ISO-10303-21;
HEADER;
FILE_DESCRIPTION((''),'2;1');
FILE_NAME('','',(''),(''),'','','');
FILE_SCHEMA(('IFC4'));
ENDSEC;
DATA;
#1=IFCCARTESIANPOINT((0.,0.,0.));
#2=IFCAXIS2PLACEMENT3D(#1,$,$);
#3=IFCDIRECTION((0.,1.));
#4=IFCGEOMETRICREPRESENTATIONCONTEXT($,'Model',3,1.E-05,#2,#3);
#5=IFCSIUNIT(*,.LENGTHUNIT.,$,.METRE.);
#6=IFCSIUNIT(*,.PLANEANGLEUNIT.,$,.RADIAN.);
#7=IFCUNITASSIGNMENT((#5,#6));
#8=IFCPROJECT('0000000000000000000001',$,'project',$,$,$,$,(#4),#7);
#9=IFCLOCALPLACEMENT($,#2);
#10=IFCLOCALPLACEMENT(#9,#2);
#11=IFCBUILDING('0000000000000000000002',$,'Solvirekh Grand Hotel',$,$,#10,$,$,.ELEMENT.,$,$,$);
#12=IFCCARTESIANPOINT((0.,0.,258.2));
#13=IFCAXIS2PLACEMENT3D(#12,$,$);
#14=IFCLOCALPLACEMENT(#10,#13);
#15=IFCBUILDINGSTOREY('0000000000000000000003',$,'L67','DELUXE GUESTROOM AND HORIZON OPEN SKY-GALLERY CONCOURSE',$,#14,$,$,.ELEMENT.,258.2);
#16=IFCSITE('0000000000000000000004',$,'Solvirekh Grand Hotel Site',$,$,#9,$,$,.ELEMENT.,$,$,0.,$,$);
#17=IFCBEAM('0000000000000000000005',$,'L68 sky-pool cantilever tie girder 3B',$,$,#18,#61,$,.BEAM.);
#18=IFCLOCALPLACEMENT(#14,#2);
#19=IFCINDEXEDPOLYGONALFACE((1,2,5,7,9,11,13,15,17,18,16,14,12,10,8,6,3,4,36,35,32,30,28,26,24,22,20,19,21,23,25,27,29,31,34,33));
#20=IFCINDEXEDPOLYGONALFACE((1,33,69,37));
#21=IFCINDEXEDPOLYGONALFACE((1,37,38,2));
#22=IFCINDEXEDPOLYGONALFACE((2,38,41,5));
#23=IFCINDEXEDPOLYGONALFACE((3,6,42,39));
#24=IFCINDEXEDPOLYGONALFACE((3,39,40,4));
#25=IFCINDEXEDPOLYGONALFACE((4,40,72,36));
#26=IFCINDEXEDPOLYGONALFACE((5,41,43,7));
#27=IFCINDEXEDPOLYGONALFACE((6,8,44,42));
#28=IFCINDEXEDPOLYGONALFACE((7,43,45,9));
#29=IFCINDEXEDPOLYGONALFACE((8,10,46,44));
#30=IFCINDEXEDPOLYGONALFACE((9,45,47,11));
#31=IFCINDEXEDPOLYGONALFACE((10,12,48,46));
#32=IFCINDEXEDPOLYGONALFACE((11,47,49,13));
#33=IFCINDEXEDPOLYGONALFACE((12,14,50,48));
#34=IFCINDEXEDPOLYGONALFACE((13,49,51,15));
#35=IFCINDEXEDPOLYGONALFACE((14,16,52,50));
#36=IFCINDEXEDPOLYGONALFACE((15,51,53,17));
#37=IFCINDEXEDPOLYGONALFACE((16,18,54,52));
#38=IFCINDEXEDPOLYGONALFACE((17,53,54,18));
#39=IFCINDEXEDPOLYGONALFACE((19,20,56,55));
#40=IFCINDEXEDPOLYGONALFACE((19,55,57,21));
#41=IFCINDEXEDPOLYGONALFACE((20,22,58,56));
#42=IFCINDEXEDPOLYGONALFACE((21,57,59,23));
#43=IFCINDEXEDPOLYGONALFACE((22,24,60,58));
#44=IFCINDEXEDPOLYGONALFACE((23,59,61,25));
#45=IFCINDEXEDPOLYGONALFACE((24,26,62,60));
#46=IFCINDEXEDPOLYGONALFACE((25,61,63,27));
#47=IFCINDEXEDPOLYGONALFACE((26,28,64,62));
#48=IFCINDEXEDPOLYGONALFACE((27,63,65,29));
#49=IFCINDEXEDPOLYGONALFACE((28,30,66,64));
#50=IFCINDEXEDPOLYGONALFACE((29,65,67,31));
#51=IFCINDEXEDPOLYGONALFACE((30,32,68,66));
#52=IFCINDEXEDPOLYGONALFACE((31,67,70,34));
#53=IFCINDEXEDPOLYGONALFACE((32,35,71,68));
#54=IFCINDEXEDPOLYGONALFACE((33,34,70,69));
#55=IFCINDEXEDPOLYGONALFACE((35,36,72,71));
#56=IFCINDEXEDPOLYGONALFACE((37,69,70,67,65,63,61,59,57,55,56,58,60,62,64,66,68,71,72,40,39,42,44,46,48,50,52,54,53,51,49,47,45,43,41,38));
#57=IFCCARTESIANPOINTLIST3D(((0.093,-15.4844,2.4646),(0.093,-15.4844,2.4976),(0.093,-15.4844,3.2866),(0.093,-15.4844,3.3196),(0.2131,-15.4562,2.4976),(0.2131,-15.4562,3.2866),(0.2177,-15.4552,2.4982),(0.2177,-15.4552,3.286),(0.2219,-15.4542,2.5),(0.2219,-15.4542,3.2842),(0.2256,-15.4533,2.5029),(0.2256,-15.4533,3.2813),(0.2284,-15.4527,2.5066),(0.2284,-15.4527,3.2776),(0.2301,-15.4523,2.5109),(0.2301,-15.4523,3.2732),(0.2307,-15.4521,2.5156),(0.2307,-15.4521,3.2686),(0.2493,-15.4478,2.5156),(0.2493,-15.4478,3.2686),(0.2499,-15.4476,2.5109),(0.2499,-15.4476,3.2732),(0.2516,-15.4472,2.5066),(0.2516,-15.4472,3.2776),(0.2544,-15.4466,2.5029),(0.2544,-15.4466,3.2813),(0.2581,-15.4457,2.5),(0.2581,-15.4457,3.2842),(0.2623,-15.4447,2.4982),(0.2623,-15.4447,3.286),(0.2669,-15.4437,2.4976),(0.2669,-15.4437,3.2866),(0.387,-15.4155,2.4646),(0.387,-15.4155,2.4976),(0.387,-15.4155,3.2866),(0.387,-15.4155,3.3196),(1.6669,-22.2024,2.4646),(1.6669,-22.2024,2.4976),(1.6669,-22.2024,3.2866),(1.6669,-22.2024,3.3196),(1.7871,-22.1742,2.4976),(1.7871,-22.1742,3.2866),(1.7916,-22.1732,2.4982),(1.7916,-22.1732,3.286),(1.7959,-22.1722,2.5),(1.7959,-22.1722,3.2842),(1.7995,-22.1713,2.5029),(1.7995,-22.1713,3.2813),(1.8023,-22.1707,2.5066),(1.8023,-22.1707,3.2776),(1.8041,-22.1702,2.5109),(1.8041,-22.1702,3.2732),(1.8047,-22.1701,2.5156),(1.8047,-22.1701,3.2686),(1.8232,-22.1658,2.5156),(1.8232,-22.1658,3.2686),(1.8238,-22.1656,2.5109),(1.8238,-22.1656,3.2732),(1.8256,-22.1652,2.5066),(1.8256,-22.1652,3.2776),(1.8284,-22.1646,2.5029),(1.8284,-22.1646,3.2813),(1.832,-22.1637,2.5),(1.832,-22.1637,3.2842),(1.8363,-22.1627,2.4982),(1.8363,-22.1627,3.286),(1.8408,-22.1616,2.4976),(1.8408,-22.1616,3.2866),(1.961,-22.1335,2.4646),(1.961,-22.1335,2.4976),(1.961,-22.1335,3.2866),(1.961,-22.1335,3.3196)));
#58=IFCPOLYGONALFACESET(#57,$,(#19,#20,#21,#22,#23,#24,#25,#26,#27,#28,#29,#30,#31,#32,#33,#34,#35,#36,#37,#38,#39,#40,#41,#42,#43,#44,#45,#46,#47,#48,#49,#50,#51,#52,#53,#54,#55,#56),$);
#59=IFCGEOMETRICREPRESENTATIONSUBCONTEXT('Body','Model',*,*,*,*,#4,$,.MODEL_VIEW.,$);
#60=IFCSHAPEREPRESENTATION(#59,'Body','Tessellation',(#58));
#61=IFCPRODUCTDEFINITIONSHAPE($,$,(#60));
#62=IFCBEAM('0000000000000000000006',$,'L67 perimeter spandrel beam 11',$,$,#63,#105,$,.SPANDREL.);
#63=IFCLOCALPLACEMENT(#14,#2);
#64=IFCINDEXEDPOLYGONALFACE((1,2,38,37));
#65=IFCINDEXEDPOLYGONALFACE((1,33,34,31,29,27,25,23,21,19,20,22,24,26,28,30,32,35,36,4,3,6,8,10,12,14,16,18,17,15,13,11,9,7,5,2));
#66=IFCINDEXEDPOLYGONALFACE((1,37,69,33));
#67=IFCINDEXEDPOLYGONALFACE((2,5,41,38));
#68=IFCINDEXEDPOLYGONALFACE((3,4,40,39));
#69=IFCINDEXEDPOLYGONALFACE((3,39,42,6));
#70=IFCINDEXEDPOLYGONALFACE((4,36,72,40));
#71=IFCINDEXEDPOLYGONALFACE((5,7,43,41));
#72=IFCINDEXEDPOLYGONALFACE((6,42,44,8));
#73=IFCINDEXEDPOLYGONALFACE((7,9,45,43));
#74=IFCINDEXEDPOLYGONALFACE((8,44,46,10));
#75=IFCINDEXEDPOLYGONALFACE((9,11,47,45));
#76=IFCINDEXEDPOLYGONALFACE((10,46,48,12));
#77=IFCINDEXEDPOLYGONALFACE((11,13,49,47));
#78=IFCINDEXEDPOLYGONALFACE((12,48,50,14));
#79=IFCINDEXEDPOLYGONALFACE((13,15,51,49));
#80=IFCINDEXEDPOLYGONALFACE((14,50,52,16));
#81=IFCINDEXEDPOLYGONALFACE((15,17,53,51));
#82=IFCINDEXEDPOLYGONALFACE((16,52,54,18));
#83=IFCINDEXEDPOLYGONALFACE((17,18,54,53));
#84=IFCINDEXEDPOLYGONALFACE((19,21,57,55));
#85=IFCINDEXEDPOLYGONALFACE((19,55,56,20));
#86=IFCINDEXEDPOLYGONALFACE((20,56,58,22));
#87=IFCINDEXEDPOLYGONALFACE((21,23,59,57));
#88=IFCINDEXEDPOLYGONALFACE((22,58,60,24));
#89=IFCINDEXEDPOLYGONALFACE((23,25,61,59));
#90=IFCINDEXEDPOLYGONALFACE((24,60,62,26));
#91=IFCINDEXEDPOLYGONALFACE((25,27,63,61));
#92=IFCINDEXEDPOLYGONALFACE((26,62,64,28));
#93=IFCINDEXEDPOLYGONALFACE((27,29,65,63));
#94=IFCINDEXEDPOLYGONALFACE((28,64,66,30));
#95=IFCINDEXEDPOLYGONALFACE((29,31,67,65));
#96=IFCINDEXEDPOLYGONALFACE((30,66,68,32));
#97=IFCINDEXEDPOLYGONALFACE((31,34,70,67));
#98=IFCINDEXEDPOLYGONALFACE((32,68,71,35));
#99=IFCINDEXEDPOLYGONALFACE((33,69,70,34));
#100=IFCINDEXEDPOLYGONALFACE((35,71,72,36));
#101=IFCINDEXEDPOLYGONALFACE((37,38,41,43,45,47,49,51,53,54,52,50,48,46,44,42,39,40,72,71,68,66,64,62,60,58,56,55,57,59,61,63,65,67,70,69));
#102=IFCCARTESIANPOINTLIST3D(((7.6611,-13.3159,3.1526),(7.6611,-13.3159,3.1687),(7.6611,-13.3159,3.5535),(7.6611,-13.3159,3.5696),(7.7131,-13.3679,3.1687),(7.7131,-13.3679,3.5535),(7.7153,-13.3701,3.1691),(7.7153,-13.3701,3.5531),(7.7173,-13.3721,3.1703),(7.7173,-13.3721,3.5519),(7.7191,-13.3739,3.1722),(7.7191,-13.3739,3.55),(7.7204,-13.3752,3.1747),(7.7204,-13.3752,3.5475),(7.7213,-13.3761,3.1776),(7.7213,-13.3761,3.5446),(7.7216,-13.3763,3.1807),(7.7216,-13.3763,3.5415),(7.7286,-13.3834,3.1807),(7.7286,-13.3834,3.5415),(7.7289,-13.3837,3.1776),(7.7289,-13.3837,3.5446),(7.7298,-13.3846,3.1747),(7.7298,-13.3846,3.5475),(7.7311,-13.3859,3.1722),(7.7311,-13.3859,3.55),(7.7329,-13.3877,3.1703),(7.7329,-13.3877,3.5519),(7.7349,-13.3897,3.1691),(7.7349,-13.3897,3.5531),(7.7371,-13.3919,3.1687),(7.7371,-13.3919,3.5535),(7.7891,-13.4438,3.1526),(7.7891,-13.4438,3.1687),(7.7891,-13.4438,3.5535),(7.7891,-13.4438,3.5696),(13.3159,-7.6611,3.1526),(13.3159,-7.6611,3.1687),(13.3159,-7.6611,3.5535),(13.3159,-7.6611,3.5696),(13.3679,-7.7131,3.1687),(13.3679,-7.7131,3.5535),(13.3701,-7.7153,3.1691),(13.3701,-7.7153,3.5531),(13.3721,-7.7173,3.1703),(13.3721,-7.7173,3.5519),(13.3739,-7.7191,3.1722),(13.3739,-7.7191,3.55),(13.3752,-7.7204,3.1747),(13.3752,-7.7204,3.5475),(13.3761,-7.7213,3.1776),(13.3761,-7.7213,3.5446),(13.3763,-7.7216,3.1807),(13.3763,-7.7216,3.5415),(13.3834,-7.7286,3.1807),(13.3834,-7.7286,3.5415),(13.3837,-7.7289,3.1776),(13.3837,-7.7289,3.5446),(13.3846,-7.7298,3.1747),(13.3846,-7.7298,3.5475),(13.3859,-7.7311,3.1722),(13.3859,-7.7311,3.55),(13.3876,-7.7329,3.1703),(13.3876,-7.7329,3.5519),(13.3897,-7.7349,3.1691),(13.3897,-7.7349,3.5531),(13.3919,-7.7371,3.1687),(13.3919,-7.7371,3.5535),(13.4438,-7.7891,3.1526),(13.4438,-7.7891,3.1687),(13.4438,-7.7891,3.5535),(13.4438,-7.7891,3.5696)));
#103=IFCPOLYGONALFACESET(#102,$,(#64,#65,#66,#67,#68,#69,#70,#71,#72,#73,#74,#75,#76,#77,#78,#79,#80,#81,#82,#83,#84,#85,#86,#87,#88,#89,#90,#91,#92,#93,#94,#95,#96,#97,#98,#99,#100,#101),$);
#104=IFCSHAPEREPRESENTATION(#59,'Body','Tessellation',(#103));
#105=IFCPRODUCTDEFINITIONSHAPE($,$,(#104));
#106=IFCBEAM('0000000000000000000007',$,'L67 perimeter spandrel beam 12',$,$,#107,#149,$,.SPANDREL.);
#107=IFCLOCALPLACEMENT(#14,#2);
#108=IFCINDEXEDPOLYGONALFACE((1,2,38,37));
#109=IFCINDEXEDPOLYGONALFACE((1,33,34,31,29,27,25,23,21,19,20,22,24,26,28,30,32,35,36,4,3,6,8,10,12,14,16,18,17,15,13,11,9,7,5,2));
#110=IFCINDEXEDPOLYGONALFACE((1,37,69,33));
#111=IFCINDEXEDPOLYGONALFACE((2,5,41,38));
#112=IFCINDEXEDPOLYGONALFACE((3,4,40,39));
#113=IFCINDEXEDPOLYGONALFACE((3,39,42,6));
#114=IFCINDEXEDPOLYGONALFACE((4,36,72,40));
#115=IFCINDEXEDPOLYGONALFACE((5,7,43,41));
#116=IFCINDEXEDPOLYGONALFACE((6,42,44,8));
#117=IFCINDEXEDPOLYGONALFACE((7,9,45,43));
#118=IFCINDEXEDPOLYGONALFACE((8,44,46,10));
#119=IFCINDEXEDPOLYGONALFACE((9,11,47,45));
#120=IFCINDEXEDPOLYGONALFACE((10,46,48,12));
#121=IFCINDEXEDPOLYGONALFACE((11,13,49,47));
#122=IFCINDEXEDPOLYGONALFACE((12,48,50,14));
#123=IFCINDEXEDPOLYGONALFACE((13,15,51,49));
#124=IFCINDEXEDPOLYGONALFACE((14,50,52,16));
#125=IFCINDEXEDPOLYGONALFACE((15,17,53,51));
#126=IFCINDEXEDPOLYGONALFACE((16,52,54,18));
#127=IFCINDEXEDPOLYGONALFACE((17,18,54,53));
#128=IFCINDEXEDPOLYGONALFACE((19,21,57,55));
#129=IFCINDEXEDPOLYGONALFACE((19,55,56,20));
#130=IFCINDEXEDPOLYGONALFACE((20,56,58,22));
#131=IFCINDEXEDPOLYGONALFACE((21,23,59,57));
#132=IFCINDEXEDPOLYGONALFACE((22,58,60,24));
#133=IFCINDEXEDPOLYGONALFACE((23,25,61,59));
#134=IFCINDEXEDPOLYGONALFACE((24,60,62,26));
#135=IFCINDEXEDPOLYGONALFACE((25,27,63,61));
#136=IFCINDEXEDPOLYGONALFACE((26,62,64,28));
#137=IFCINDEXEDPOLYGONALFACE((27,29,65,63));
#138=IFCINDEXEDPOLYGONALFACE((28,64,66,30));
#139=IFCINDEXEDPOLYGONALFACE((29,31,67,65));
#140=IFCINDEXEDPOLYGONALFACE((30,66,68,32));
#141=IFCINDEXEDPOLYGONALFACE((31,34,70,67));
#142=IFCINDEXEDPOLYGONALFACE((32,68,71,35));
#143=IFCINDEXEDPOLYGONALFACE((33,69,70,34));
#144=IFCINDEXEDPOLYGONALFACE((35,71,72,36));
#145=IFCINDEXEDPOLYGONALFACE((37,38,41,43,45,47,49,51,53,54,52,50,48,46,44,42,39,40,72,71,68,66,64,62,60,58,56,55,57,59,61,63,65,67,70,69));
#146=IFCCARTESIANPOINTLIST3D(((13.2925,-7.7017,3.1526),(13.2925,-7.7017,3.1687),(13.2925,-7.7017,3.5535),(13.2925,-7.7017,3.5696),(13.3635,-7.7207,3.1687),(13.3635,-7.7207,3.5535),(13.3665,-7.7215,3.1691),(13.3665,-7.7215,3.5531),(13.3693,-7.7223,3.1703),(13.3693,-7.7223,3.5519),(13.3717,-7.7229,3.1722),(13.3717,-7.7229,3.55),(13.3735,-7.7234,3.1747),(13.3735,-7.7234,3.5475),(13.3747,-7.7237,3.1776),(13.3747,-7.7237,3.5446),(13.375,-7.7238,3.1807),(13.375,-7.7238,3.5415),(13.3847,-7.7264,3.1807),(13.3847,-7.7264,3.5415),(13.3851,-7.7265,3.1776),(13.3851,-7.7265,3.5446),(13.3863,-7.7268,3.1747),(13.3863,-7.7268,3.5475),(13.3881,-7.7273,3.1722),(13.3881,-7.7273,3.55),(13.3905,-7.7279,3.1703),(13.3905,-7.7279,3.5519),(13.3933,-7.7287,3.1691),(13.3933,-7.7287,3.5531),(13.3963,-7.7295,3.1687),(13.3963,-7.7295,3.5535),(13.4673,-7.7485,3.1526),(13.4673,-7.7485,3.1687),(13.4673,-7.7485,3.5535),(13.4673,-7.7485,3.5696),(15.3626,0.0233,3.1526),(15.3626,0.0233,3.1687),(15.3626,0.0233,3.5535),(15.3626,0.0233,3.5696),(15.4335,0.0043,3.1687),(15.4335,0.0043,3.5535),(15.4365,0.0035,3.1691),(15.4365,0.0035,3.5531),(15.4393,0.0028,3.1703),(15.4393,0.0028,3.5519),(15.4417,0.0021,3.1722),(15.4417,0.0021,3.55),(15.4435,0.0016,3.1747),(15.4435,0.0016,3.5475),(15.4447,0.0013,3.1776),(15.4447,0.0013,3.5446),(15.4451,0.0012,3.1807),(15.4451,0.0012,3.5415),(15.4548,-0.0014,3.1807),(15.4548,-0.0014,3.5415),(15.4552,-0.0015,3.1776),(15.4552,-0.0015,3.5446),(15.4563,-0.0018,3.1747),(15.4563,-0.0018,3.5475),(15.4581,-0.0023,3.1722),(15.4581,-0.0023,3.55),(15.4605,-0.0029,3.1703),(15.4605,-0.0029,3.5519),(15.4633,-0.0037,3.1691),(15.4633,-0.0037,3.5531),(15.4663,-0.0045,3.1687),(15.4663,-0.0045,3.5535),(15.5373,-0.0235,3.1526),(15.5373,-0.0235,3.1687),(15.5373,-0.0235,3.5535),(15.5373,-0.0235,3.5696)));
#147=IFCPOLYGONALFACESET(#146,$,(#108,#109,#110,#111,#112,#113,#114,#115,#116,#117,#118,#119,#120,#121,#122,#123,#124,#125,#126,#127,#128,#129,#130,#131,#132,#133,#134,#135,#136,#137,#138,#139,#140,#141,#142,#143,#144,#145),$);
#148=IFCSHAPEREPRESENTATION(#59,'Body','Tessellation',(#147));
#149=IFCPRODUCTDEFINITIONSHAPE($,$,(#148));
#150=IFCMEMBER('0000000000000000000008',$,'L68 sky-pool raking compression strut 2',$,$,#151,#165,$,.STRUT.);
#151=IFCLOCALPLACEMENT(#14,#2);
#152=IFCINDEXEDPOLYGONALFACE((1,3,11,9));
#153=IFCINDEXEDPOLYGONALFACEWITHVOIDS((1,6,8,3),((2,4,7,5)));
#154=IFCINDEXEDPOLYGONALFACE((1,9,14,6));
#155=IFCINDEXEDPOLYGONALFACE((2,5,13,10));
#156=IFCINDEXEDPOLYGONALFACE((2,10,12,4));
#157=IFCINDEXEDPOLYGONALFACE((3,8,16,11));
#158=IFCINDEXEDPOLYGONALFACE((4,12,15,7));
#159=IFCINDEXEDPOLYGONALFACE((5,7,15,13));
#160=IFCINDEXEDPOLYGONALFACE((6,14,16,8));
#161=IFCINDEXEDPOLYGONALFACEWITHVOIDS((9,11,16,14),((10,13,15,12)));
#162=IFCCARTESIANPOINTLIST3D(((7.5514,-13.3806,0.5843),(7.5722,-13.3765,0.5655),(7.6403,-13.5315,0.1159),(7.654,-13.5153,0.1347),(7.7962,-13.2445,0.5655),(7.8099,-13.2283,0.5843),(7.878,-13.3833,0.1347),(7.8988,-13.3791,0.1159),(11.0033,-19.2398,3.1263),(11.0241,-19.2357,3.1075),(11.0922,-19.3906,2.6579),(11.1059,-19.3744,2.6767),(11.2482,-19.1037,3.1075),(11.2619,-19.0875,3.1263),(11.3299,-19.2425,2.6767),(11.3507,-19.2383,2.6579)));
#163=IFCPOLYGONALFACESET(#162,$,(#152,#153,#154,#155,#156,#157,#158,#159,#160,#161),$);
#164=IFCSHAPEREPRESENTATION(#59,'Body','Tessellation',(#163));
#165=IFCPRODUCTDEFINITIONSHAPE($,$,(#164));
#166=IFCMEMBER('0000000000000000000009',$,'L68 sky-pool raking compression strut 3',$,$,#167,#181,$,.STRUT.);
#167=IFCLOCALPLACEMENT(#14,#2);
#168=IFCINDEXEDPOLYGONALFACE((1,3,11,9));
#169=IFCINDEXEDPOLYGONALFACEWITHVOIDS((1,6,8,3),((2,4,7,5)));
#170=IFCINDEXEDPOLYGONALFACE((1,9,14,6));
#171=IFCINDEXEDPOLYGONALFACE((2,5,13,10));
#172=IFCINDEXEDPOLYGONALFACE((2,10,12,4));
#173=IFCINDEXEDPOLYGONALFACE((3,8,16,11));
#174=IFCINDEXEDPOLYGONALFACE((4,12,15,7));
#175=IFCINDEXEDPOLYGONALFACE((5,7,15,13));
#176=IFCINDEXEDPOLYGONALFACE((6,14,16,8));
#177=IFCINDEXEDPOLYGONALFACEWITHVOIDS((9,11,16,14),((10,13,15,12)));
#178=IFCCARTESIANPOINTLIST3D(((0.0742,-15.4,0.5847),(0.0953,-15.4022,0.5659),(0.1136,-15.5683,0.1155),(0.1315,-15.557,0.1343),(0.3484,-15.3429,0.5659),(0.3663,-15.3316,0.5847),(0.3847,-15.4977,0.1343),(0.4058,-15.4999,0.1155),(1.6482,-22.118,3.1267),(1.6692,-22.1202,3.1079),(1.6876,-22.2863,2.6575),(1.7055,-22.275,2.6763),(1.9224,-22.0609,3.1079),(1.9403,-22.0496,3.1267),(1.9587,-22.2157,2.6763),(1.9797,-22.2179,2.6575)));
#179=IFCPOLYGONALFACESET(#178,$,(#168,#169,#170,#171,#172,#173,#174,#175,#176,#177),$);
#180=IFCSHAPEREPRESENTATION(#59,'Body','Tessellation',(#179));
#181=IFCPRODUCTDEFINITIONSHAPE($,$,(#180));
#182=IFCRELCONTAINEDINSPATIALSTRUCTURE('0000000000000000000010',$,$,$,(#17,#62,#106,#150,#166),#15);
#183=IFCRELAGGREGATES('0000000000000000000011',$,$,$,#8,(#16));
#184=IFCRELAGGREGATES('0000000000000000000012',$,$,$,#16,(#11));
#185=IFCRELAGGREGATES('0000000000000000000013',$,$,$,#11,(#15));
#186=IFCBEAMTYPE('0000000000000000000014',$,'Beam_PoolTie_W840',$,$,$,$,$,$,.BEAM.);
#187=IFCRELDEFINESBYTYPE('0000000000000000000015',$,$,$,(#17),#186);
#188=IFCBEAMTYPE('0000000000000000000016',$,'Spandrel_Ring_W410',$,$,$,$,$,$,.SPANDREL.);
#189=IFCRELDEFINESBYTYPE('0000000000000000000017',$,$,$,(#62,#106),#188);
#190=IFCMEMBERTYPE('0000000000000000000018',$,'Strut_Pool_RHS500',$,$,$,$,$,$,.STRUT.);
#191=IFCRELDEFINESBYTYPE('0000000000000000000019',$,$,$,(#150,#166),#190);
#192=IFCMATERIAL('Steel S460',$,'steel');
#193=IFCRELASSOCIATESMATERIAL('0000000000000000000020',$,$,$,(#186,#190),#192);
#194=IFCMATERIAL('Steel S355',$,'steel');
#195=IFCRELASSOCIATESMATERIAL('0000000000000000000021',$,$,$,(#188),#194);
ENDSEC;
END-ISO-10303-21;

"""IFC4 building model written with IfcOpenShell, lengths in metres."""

from ifc_helpers import new_model, si_unit, direction, frame, origin, origin_2d, place, context, subcontext, project, spatial, hollow_rectangle, i_section, extrude, material, material_profile, profile_set, type_object, element, save


model = new_model("IFC4")

# Units and contexts
model_context = context("Model", 3, precision=1e-05, world=origin(), true_north=direction((0.0, 1.0)))
body_context = subcontext(model_context, "Body", "Model", "MODEL_VIEW")
ifc_project = project(units=[si_unit("LENGTHUNIT", "METRE"), si_unit("PLANEANGLEUNIT", "RADIAN")], contexts=[model_context])

# Site, building, storey
site_placement = place(None, origin())
site = spatial("IfcSite", under=ifc_project, at=site_placement, Name="Solvirekh Grand Hotel Site", CompositionType="ELEMENT", RefElevation=0.0)
building_placement = place(site_placement, origin())
building = spatial("IfcBuilding", under=site, at=building_placement, Name="Solvirekh Grand Hotel", CompositionType="ELEMENT")
storey_placement = place(building_placement, frame((0.0, 0.0, 258.2)))
storey = spatial("IfcBuildingStorey", under=building, at=storey_placement, Name="L67", Description="DELUXE GUESTROOM AND HORIZON OPEN SKY-GALLERY CONCOURSE", CompositionType="ELEMENT", Elevation=258.2)

# Beams
ifc_material_1 = material(Name="Steel S460", Category="steel")
ifc_material_profile_1 = material_profile(ifc_material_1, i_section(OverallWidth=0.302, OverallDepth=0.855, WebThickness=0.019, FlangeThickness=0.033, FilletRadius=0.0181, at=origin_2d()), Name="W840X299")
ifc_profile_set_1 = profile_set([ifc_material_profile_1], Name="Steel S460")
beam_type_1 = type_object("IfcBeamType", Name="Beam_PoolTie_W840", PredefinedType="BEAM", material=ifc_profile_set_1)
beam_1_placement = place(storey_placement, frame((0.24, -15.45, 2.8921), z_axis=(0.228114, -0.973634, 0.0), x_axis=(0.973634, 0.228114, 0.0)))
element("IfcBeam", 1, at=beam_1_placement, inside=storey, type_object=beam_type_1, Name="L68 sky-pool cantilever tie girder 3B", PredefinedType="BEAM", context=body_context, shape_type="SweptSolid", body=[
    extrude(i_section(OverallWidth=0.302, OverallDepth=0.855, WebThickness=0.019, FlangeThickness=0.033, FilletRadius=0.0181, at=origin_2d()), origin(), (0.0, 0.0, 1.0), 6.8999),
])
ifc_material_2 = material(Name="Steel S355", Category="steel")
ifc_material_profile_2 = material_profile(ifc_material_2, i_section(OverallWidth=0.1809, OverallDepth=0.417, WebThickness=0.01, FlangeThickness=0.0161, FilletRadius=0.012, at=origin_2d()), Name="W410X85")
ifc_profile_set_2 = profile_set([ifc_material_profile_2], Name="Steel S355")
beam_type_2 = type_object("IfcBeamType", Name="Spandrel_Ring_W410", PredefinedType="SPANDREL", material=ifc_profile_set_2)
beam_2_placement = place(storey_placement, frame((7.7251, -13.3799, 3.3611), z_axis=(0.707107, 0.707107, 0.0), x_axis=(-0.707107, 0.707107, 0.0)))
element("IfcBeam", 2, at=beam_2_placement, inside=storey, type_object=beam_type_2, Name="L67 perimeter spandrel beam 11", PredefinedType="SPANDREL", context=body_context, shape_type="SweptSolid", body=[
    extrude(i_section(OverallWidth=0.1809, OverallDepth=0.417, WebThickness=0.01, FlangeThickness=0.0161, FilletRadius=0.012, at=origin_2d()), origin(), (0.0, 0.0, 1.0), 7.9971),
])
beam_3_placement = place(storey_placement, frame((13.3799, -7.7251, 3.3611), z_axis=(0.258835, 0.965922, 0.0), x_axis=(-0.965922, 0.258835, 0.0)))
element("IfcBeam", 3, at=beam_3_placement, inside=storey, type_object=beam_type_2, Name="L67 perimeter spandrel beam 12", PredefinedType="SPANDREL", context=body_context, shape_type="SweptSolid", body=[
    extrude(i_section(OverallWidth=0.1809, OverallDepth=0.417, WebThickness=0.01, FlangeThickness=0.0161, FilletRadius=0.012, at=origin_2d()), origin(), (0.0, 0.0, 1.0), 7.9976),
])

# Members
ifc_material_profile_3 = material_profile(ifc_material_1, hollow_rectangle(XDim=0.3, YDim=0.5, WallThickness=0.02, at=origin_2d()), Name="RHS 500X300X20")
ifc_profile_set_3 = profile_set([ifc_material_profile_3], Name="Steel S460")
member_type = type_object("IfcMemberType", Name="Strut_Pool_RHS500", PredefinedType="STRUT", material=ifc_profile_set_3)
member_1_placement = place(storey_placement, frame((7.7251, -13.3799, 0.3501), z_axis=(0.475473, -0.807049, 0.350139), x_axis=(0.86159, 0.507605, 0.0)))
element("IfcMember", 4, at=member_1_placement, inside=storey, type_object=member_type, Name="L68 sky-pool raking compression strut 2", PredefinedType="STRUT", context=body_context, shape_type="SweptSolid", body=[
    extrude(hollow_rectangle(XDim=0.3, YDim=0.5, WallThickness=0.02, at=origin_2d()), origin(), (0.0, 0.0, 1.0), 7.26),
])
member_2_placement = place(storey_placement, frame((0.24, -15.45, 0.3501), z_axis=(0.21405, -0.913607, 0.345695), x_axis=(0.973634, 0.228114, 0.0)))
element("IfcMember", 5, at=member_2_placement, inside=storey, type_object=member_type, Name="L68 sky-pool raking compression strut 3", PredefinedType="STRUT", context=body_context, shape_type="SweptSolid", body=[
    extrude(hollow_rectangle(XDim=0.3, YDim=0.5, WallThickness=0.02, at=origin_2d()), origin(), (0.0, 0.0, 1.0), 7.3533),
])

save(model, "model.ifc")
